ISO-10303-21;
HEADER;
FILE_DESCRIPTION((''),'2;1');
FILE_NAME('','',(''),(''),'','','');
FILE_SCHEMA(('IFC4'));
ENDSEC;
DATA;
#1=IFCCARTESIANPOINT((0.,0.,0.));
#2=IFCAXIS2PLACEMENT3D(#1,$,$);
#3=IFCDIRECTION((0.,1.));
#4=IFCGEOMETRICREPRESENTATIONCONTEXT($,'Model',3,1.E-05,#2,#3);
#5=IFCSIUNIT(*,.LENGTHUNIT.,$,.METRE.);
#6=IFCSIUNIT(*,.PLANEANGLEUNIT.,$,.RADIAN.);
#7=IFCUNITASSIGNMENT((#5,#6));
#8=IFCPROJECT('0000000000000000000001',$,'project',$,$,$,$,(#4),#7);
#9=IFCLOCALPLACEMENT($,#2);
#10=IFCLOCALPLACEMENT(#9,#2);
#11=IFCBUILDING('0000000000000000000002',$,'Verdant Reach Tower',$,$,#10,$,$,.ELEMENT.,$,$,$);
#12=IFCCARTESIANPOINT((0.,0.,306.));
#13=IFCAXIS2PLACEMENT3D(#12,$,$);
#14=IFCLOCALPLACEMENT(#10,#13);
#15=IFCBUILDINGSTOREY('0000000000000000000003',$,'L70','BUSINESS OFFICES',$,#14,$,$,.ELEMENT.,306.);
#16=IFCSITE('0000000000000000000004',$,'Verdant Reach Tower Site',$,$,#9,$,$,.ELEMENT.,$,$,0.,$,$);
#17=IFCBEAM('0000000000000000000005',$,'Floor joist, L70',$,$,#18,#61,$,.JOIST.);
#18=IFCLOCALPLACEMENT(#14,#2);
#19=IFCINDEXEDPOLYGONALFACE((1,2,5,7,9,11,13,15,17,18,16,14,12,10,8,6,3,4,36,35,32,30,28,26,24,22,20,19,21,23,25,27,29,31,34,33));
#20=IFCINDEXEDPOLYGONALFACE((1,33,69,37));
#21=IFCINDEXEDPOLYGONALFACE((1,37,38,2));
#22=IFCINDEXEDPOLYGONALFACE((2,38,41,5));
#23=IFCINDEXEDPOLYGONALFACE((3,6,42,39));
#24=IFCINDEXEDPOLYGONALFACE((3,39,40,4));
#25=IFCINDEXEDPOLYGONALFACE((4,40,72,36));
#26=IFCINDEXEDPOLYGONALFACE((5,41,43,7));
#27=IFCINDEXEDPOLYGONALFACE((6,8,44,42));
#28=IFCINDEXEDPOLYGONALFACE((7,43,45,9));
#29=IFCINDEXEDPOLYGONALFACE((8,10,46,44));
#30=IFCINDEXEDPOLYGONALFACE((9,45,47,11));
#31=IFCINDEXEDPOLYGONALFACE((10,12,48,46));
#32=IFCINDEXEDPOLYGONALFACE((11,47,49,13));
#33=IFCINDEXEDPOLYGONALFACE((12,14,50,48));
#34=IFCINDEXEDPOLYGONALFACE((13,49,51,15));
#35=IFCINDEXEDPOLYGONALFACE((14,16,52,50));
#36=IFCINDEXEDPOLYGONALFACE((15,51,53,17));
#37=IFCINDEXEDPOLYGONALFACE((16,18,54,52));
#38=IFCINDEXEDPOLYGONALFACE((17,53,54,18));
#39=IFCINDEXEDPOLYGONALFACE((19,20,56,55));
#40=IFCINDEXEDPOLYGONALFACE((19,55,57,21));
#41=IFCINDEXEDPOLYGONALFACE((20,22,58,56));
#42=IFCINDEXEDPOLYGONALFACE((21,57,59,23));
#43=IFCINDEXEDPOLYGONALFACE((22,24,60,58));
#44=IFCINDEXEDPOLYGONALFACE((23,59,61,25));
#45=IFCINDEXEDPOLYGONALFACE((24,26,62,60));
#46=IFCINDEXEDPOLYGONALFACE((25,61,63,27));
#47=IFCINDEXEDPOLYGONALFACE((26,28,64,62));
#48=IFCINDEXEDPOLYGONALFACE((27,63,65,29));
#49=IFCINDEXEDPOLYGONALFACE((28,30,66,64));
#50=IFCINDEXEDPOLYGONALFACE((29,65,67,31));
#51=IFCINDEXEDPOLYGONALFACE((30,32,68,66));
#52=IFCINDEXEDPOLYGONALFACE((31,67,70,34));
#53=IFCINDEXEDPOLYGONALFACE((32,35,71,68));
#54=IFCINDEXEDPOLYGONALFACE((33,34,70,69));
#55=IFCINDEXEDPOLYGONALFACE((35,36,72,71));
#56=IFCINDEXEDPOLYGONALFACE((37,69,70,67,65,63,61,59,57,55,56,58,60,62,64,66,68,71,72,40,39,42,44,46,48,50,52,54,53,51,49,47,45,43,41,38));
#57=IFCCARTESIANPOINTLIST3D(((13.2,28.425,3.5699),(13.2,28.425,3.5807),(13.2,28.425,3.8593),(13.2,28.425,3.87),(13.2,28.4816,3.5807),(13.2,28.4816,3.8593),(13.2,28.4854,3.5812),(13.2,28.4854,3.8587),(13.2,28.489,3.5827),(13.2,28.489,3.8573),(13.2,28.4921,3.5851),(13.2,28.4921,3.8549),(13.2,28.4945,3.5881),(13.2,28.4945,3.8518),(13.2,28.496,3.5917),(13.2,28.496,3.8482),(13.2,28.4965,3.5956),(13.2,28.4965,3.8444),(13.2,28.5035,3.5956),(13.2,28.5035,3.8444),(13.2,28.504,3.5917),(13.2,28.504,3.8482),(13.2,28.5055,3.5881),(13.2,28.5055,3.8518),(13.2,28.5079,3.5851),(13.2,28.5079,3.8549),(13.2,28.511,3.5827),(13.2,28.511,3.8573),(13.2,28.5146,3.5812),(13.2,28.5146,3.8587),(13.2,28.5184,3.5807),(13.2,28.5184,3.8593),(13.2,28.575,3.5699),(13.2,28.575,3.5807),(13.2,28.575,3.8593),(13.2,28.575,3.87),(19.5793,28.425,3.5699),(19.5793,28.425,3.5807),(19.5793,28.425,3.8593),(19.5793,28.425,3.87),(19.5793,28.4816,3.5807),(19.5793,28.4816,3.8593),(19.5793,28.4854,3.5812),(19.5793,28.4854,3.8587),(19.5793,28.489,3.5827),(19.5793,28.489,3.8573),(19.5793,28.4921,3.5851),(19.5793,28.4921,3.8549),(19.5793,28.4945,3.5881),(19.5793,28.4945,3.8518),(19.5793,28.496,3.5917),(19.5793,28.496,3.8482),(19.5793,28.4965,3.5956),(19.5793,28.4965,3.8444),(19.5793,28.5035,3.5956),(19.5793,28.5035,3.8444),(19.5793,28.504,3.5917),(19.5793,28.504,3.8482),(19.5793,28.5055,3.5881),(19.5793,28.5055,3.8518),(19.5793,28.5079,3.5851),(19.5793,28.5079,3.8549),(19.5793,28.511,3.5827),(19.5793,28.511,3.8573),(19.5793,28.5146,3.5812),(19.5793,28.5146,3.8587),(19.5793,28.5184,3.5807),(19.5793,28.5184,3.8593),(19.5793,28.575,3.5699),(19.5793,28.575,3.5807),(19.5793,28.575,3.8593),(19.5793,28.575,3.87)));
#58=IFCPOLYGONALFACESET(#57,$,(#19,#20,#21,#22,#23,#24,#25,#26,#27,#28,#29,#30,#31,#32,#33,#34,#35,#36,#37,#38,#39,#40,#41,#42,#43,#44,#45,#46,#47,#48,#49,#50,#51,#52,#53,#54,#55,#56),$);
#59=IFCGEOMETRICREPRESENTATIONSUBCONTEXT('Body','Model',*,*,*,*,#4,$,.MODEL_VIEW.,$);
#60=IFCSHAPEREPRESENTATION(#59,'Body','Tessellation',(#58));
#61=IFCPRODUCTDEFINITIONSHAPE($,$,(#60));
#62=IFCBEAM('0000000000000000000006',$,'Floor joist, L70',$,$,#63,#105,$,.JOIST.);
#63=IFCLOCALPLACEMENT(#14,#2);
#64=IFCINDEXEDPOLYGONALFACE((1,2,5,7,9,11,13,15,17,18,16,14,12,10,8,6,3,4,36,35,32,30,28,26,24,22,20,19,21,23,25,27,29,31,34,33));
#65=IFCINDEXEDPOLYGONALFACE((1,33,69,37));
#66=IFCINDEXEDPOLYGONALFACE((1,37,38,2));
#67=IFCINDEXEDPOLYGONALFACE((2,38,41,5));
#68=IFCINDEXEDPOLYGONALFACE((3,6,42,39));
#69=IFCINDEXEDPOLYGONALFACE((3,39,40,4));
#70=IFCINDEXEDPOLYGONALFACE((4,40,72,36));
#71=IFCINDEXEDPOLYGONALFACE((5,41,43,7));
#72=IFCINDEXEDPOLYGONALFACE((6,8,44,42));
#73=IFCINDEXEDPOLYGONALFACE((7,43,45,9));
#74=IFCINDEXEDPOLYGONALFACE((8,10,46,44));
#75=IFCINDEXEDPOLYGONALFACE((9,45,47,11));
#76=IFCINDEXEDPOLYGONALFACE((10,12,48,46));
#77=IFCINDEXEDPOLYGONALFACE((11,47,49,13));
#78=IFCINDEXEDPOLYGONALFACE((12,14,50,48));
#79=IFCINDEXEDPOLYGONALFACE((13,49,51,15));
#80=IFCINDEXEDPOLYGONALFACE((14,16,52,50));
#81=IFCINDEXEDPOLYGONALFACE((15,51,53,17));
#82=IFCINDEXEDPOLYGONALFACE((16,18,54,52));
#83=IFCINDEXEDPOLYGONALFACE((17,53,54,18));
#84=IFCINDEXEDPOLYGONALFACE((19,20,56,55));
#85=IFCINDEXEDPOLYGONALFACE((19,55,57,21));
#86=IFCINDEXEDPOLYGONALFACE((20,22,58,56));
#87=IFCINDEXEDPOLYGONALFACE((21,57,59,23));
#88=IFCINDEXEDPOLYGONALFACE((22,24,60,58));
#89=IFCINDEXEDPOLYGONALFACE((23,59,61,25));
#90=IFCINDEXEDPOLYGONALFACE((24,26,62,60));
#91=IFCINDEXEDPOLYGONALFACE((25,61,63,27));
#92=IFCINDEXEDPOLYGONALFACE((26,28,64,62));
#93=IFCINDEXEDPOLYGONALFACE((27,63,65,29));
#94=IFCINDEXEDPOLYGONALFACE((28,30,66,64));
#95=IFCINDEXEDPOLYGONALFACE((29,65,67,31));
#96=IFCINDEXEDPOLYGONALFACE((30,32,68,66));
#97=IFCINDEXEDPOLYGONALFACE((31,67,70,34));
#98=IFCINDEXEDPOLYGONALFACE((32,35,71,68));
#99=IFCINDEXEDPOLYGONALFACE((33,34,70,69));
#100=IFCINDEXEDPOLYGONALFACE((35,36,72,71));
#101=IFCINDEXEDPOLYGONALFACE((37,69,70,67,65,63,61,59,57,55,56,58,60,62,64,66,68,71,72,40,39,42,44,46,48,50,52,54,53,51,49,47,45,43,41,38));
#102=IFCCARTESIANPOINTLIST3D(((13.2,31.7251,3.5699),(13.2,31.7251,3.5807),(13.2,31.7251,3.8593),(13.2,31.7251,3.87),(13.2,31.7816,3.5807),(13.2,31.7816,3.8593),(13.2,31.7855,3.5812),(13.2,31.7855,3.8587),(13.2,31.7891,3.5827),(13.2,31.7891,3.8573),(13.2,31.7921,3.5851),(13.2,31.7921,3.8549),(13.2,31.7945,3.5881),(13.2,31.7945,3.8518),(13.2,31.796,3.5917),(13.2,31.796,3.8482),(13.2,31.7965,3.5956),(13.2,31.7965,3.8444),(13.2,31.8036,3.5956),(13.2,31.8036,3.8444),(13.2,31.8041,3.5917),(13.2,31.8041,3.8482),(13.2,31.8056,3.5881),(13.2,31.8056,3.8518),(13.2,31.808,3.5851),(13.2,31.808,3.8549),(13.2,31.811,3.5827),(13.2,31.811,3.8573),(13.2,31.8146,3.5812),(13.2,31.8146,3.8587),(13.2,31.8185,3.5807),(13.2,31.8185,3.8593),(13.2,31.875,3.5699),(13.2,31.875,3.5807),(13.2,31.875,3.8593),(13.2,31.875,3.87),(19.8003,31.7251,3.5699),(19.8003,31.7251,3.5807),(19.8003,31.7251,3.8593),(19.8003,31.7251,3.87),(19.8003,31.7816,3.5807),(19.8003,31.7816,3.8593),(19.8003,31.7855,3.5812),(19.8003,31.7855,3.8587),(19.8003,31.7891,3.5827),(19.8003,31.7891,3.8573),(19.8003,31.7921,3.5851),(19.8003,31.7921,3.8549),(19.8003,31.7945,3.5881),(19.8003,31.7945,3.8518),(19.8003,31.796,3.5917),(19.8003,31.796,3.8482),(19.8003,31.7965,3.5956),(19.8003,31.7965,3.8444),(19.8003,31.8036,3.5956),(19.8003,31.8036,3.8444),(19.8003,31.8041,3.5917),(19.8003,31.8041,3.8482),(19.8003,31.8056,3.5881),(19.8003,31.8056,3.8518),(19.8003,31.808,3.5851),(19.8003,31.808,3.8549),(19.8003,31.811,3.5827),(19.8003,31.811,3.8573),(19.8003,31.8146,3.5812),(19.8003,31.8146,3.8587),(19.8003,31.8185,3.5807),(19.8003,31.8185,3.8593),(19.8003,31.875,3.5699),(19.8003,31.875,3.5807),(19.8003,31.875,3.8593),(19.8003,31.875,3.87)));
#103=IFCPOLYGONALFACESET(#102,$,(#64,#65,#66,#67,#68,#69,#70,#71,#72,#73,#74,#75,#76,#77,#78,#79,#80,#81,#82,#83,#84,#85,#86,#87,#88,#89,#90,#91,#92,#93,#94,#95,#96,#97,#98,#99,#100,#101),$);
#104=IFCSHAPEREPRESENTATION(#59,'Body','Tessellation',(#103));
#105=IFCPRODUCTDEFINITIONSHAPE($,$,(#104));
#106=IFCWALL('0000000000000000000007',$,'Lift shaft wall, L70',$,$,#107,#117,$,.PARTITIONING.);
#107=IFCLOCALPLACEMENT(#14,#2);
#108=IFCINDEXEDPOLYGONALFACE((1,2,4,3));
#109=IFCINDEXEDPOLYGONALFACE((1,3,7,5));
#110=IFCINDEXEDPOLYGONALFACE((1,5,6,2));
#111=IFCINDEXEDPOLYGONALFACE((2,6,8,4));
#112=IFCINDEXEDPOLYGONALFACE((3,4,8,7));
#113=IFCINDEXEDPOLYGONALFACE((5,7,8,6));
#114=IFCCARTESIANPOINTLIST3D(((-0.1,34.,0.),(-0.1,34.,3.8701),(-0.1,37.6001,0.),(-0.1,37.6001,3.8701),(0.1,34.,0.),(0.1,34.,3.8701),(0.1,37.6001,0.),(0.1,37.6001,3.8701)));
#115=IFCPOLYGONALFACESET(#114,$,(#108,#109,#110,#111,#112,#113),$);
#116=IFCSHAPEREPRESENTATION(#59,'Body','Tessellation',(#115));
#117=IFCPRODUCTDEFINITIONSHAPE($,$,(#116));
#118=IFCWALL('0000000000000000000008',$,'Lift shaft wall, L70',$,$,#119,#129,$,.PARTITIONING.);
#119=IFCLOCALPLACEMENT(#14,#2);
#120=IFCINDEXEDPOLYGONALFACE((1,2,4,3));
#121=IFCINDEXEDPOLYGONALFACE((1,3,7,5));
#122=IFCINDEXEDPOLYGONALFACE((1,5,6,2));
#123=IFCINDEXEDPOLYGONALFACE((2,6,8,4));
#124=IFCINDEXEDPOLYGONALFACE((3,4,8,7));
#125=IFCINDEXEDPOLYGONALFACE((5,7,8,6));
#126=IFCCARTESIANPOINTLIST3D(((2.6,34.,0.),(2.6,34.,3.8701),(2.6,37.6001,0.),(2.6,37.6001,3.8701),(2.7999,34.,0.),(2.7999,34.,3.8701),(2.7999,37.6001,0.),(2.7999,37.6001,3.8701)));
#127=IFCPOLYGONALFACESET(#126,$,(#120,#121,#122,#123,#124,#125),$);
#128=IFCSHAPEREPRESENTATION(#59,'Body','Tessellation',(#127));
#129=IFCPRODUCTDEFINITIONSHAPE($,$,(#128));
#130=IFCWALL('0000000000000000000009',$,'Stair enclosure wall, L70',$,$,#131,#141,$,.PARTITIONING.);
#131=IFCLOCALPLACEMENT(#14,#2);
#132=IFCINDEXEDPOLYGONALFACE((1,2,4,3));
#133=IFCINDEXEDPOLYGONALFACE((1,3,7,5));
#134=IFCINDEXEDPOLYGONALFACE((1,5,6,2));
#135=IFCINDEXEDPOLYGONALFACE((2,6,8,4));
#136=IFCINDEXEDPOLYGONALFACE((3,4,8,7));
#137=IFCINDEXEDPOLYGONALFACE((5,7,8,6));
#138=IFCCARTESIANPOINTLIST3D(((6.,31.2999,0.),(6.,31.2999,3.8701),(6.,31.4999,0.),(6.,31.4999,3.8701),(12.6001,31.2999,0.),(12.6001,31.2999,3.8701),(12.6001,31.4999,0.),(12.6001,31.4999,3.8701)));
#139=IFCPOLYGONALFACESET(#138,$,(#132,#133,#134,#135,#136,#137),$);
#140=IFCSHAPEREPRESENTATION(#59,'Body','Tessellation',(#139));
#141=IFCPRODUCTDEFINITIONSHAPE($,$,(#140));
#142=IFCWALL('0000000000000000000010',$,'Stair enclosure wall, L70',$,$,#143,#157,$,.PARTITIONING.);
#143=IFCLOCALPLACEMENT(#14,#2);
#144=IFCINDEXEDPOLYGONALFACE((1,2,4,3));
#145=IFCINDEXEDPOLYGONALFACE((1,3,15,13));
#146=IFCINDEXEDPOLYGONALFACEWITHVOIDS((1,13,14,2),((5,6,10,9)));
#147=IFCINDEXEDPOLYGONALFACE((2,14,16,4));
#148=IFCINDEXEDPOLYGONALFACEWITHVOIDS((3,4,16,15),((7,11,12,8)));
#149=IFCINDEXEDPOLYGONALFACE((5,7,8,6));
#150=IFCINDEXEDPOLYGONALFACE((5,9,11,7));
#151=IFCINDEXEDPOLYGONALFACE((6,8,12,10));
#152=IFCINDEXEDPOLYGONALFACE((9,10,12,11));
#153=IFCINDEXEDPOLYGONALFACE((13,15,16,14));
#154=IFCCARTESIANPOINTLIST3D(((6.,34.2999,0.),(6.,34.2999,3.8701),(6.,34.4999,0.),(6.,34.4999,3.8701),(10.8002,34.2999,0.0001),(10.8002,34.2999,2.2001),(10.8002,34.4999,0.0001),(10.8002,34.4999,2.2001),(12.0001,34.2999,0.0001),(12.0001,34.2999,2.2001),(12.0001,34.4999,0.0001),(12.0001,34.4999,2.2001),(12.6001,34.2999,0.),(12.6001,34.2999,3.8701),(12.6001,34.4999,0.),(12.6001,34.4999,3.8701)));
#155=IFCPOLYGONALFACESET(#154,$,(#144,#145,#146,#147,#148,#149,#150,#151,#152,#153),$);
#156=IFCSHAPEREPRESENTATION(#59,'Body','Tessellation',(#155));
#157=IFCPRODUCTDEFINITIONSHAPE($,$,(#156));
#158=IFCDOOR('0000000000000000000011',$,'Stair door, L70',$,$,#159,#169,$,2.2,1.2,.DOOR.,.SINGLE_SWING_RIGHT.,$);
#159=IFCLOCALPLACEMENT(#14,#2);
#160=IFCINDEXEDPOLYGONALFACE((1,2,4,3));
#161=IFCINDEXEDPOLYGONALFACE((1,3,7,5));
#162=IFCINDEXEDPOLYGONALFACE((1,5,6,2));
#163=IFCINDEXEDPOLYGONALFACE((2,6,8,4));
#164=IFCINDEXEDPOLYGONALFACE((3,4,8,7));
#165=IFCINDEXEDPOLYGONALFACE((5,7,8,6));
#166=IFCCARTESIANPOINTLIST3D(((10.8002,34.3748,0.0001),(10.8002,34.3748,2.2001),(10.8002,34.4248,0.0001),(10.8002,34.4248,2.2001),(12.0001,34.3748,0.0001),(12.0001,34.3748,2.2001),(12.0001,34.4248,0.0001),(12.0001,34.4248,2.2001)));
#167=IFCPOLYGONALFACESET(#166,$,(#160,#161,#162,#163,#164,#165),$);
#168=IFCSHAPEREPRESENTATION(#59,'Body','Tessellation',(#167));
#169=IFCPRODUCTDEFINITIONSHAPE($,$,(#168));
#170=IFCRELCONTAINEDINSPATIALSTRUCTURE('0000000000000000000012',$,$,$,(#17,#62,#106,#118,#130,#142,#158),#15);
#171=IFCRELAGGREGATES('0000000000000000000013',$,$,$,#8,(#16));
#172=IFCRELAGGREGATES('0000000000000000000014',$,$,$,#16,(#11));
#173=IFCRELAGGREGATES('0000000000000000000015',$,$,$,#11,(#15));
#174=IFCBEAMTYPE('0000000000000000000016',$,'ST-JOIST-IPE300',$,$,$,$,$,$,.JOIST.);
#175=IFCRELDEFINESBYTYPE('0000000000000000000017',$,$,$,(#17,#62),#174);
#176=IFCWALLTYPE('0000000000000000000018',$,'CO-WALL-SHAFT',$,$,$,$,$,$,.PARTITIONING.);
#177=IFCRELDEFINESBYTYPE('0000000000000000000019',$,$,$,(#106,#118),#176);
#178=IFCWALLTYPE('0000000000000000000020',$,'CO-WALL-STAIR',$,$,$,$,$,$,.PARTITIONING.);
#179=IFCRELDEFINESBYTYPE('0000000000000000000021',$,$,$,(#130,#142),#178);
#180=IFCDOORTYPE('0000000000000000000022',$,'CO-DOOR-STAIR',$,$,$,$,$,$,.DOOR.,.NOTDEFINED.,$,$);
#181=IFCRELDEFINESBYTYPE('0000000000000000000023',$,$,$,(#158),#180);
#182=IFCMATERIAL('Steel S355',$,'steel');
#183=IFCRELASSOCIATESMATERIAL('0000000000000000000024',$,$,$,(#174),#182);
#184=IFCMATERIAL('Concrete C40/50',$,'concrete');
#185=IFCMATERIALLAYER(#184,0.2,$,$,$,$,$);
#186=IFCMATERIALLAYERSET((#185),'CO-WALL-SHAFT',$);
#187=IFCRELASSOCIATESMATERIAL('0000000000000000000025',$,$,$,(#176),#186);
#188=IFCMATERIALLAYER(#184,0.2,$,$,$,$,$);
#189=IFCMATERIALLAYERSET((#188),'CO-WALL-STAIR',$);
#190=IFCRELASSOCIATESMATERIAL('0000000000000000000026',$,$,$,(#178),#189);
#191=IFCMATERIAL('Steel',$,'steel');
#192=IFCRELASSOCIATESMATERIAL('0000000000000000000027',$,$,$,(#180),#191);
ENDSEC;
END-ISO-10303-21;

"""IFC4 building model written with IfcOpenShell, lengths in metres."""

from ifc_helpers import new_model, si_unit, direction, frame, frame_2d, origin, origin_2d, place, context, subcontext, project, spatial, rectangle, i_section, extrude, material, layer, layer_set, material_profile, profile_set, type_object, element, fill, save


model = new_model("IFC4")

# Units and contexts
model_context = context("Model", 3, precision=1e-05, world=origin(), true_north=direction((0.0, 1.0)))
body_context = subcontext(model_context, "Body", "Model", "MODEL_VIEW")
ifc_project = project(units=[si_unit("LENGTHUNIT", "METRE"), si_unit("PLANEANGLEUNIT", "RADIAN")], contexts=[model_context])

# Site, building, storey
site_placement = place(None, origin())
site = spatial("IfcSite", under=ifc_project, at=site_placement, Name="Verdant Reach Tower Site", CompositionType="ELEMENT", RefElevation=0.0)
building_placement = place(site_placement, origin())
building = spatial("IfcBuilding", under=site, at=building_placement, Name="Verdant Reach Tower", CompositionType="ELEMENT")
storey_placement = place(building_placement, frame((0.0, 0.0, 306.0)))
storey = spatial("IfcBuildingStorey", under=building, at=storey_placement, Name="L70", Description="BUSINESS OFFICES", CompositionType="ELEMENT", Elevation=306.0)

# Beams
ifc_material_1 = material(Name="Steel S355", Category="steel")
ifc_material_profile = material_profile(ifc_material_1, i_section(OverallWidth=0.1499, OverallDepth=0.3, WebThickness=0.0071, FlangeThickness=0.0107, FilletRadius=0.0149, at=origin_2d()), Name="IPE 300")
ifc_profile_set = profile_set([ifc_material_profile], Name="Steel S355")
beam_type = type_object("IfcBeamType", Name="ST-JOIST-IPE300", PredefinedType="JOIST", material=ifc_profile_set)
beam_1_placement = place(storey_placement, frame((13.2, 28.5, 3.72), z_axis=(1.0, 0.0, 0.0), x_axis=(0.0, 1.0, 0.0)))
element("IfcBeam", 1, at=beam_1_placement, inside=storey, type_object=beam_type, Name="Floor joist, L70", PredefinedType="JOIST", context=body_context, shape_type="SweptSolid", body=[
    extrude(i_section(OverallWidth=0.1499, OverallDepth=0.3, WebThickness=0.0071, FlangeThickness=0.0107, FilletRadius=0.0149, at=origin_2d()), origin(), (0.0, 0.0, 1.0), 6.3794),
])
beam_2_placement = place(storey_placement, frame((13.2, 31.8, 3.72), z_axis=(1.0, 0.0, 0.0), x_axis=(0.0, 1.0, 0.0)))
element("IfcBeam", 2, at=beam_2_placement, inside=storey, type_object=beam_type, Name="Floor joist, L70", PredefinedType="JOIST", context=body_context, shape_type="SweptSolid", body=[
    extrude(i_section(OverallWidth=0.1499, OverallDepth=0.3, WebThickness=0.0071, FlangeThickness=0.0107, FilletRadius=0.0149, at=origin_2d()), origin(), (0.0, 0.0, 1.0), 6.6003),
])

# Walls
ifc_material_2 = material(Name="Concrete C40/50", Category="concrete")
ifc_layer_1 = layer(ifc_material_2, 0.2)
ifc_layer_set_1 = layer_set([ifc_layer_1], Name="CO-WALL-SHAFT")
wall_type_1 = type_object("IfcWallType", Name="CO-WALL-SHAFT", PredefinedType="PARTITIONING", material=ifc_layer_set_1)
for number, where, z_axis, x_axis, name in (
    (3, (0.0, 34.0, 0.0), (0.0, 0.0, 1.0), (0.0, 1.0, 0.0), "Lift shaft wall, L70"),
    (4, (2.7, 34.0, 0.0), (0.0, 0.0, 1.0), (0.0, 1.0, 0.0), "Lift shaft wall, L70"),
):
    element("IfcWall", number, at=place(storey_placement, frame(where, z_axis=z_axis, x_axis=x_axis)), inside=storey, type_object=wall_type_1, Name=name, PredefinedType="PARTITIONING", context=body_context, shape_type="SweptSolid", body=[
        extrude(rectangle(XDim=3.6001, YDim=0.2, at=frame_2d((1.8, 0.0))), origin(), (0.0, 0.0, 1.0), 3.8701),
    ])
ifc_layer_2 = layer(ifc_material_2, 0.2)
ifc_layer_set_2 = layer_set([ifc_layer_2], Name="CO-WALL-STAIR")
wall_type_2 = type_object("IfcWallType", Name="CO-WALL-STAIR", PredefinedType="PARTITIONING", material=ifc_layer_set_2)
wall_1_placement = place(storey_placement, frame((6.0, 31.3999, 0.0), z_axis=(0.0, 0.0, 1.0), x_axis=(1.0, 0.0, 0.0)))
element("IfcWall", 5, at=wall_1_placement, inside=storey, type_object=wall_type_2, Name="Stair enclosure wall, L70", PredefinedType="PARTITIONING", context=body_context, shape_type="SweptSolid", body=[
    extrude(rectangle(XDim=6.6001, YDim=0.2, at=frame_2d((3.3, 0.0))), origin(), (0.0, 0.0, 1.0), 3.8701),
])

# Wall, opening, door
wall_2_placement = place(storey_placement, frame((6.0, 34.3999, 0.0), z_axis=(0.0, 0.0, 1.0), x_axis=(1.0, 0.0, 0.0)))
wall_2 = element("IfcWall", 6, at=wall_2_placement, inside=storey, type_object=wall_type_2, Name="Stair enclosure wall, L70", PredefinedType="PARTITIONING", context=body_context, shape_type="SweptSolid", body=[
    extrude(rectangle(XDim=6.6001, YDim=0.2, at=frame_2d((3.3, 0.0))), origin(), (0.0, 0.0, 1.0), 3.8701),
])
opening_1_placement = place(wall_2_placement, frame((4.8, 0.0, 0.0)))
opening_1 = element("IfcOpeningElement", 7, at=opening_1_placement, cuts=wall_2, PredefinedType="OPENING", context=body_context, shape_type="SweptSolid", body=[
    extrude(rectangle(XDim=1.2, YDim=2.2, at=frame_2d((0.6001, 1.1001))), frame((0.0, 0.1099, 0.0), z_axis=(0.0, -1.0, 0.0), x_axis=(1.0, 0.0, 0.0)), (0.0, 0.0, 1.0), 0.22),
])
ifc_material_3 = material(Name="Steel", Category="steel")
door_type_1 = type_object("IfcDoorType", Name="CO-DOOR-STAIR", OperationType="NOTDEFINED", PredefinedType="DOOR", material=ifc_material_3)
door_1_placement = place(opening_1_placement, origin())
door_1 = element("IfcDoor", 8, at=door_1_placement, inside=storey, type_object=door_type_1, Name="Stair door, L70", OperationType="SINGLE_SWING_RIGHT", OverallHeight=2.2, OverallWidth=1.2, PredefinedType="DOOR", context=body_context, shape_type="SweptSolid", body=[
    extrude(rectangle(XDim=1.2, YDim=2.2, at=frame_2d((0.6001, 1.1001))), frame((0.0, 0.0249, 0.0), z_axis=(0.0, -1.0, 0.0), x_axis=(1.0, 0.0, 0.0)), (0.0, 0.0, 1.0), 0.05),
])
fill(opening_1, door_1)

save(model, "model.ifc")
